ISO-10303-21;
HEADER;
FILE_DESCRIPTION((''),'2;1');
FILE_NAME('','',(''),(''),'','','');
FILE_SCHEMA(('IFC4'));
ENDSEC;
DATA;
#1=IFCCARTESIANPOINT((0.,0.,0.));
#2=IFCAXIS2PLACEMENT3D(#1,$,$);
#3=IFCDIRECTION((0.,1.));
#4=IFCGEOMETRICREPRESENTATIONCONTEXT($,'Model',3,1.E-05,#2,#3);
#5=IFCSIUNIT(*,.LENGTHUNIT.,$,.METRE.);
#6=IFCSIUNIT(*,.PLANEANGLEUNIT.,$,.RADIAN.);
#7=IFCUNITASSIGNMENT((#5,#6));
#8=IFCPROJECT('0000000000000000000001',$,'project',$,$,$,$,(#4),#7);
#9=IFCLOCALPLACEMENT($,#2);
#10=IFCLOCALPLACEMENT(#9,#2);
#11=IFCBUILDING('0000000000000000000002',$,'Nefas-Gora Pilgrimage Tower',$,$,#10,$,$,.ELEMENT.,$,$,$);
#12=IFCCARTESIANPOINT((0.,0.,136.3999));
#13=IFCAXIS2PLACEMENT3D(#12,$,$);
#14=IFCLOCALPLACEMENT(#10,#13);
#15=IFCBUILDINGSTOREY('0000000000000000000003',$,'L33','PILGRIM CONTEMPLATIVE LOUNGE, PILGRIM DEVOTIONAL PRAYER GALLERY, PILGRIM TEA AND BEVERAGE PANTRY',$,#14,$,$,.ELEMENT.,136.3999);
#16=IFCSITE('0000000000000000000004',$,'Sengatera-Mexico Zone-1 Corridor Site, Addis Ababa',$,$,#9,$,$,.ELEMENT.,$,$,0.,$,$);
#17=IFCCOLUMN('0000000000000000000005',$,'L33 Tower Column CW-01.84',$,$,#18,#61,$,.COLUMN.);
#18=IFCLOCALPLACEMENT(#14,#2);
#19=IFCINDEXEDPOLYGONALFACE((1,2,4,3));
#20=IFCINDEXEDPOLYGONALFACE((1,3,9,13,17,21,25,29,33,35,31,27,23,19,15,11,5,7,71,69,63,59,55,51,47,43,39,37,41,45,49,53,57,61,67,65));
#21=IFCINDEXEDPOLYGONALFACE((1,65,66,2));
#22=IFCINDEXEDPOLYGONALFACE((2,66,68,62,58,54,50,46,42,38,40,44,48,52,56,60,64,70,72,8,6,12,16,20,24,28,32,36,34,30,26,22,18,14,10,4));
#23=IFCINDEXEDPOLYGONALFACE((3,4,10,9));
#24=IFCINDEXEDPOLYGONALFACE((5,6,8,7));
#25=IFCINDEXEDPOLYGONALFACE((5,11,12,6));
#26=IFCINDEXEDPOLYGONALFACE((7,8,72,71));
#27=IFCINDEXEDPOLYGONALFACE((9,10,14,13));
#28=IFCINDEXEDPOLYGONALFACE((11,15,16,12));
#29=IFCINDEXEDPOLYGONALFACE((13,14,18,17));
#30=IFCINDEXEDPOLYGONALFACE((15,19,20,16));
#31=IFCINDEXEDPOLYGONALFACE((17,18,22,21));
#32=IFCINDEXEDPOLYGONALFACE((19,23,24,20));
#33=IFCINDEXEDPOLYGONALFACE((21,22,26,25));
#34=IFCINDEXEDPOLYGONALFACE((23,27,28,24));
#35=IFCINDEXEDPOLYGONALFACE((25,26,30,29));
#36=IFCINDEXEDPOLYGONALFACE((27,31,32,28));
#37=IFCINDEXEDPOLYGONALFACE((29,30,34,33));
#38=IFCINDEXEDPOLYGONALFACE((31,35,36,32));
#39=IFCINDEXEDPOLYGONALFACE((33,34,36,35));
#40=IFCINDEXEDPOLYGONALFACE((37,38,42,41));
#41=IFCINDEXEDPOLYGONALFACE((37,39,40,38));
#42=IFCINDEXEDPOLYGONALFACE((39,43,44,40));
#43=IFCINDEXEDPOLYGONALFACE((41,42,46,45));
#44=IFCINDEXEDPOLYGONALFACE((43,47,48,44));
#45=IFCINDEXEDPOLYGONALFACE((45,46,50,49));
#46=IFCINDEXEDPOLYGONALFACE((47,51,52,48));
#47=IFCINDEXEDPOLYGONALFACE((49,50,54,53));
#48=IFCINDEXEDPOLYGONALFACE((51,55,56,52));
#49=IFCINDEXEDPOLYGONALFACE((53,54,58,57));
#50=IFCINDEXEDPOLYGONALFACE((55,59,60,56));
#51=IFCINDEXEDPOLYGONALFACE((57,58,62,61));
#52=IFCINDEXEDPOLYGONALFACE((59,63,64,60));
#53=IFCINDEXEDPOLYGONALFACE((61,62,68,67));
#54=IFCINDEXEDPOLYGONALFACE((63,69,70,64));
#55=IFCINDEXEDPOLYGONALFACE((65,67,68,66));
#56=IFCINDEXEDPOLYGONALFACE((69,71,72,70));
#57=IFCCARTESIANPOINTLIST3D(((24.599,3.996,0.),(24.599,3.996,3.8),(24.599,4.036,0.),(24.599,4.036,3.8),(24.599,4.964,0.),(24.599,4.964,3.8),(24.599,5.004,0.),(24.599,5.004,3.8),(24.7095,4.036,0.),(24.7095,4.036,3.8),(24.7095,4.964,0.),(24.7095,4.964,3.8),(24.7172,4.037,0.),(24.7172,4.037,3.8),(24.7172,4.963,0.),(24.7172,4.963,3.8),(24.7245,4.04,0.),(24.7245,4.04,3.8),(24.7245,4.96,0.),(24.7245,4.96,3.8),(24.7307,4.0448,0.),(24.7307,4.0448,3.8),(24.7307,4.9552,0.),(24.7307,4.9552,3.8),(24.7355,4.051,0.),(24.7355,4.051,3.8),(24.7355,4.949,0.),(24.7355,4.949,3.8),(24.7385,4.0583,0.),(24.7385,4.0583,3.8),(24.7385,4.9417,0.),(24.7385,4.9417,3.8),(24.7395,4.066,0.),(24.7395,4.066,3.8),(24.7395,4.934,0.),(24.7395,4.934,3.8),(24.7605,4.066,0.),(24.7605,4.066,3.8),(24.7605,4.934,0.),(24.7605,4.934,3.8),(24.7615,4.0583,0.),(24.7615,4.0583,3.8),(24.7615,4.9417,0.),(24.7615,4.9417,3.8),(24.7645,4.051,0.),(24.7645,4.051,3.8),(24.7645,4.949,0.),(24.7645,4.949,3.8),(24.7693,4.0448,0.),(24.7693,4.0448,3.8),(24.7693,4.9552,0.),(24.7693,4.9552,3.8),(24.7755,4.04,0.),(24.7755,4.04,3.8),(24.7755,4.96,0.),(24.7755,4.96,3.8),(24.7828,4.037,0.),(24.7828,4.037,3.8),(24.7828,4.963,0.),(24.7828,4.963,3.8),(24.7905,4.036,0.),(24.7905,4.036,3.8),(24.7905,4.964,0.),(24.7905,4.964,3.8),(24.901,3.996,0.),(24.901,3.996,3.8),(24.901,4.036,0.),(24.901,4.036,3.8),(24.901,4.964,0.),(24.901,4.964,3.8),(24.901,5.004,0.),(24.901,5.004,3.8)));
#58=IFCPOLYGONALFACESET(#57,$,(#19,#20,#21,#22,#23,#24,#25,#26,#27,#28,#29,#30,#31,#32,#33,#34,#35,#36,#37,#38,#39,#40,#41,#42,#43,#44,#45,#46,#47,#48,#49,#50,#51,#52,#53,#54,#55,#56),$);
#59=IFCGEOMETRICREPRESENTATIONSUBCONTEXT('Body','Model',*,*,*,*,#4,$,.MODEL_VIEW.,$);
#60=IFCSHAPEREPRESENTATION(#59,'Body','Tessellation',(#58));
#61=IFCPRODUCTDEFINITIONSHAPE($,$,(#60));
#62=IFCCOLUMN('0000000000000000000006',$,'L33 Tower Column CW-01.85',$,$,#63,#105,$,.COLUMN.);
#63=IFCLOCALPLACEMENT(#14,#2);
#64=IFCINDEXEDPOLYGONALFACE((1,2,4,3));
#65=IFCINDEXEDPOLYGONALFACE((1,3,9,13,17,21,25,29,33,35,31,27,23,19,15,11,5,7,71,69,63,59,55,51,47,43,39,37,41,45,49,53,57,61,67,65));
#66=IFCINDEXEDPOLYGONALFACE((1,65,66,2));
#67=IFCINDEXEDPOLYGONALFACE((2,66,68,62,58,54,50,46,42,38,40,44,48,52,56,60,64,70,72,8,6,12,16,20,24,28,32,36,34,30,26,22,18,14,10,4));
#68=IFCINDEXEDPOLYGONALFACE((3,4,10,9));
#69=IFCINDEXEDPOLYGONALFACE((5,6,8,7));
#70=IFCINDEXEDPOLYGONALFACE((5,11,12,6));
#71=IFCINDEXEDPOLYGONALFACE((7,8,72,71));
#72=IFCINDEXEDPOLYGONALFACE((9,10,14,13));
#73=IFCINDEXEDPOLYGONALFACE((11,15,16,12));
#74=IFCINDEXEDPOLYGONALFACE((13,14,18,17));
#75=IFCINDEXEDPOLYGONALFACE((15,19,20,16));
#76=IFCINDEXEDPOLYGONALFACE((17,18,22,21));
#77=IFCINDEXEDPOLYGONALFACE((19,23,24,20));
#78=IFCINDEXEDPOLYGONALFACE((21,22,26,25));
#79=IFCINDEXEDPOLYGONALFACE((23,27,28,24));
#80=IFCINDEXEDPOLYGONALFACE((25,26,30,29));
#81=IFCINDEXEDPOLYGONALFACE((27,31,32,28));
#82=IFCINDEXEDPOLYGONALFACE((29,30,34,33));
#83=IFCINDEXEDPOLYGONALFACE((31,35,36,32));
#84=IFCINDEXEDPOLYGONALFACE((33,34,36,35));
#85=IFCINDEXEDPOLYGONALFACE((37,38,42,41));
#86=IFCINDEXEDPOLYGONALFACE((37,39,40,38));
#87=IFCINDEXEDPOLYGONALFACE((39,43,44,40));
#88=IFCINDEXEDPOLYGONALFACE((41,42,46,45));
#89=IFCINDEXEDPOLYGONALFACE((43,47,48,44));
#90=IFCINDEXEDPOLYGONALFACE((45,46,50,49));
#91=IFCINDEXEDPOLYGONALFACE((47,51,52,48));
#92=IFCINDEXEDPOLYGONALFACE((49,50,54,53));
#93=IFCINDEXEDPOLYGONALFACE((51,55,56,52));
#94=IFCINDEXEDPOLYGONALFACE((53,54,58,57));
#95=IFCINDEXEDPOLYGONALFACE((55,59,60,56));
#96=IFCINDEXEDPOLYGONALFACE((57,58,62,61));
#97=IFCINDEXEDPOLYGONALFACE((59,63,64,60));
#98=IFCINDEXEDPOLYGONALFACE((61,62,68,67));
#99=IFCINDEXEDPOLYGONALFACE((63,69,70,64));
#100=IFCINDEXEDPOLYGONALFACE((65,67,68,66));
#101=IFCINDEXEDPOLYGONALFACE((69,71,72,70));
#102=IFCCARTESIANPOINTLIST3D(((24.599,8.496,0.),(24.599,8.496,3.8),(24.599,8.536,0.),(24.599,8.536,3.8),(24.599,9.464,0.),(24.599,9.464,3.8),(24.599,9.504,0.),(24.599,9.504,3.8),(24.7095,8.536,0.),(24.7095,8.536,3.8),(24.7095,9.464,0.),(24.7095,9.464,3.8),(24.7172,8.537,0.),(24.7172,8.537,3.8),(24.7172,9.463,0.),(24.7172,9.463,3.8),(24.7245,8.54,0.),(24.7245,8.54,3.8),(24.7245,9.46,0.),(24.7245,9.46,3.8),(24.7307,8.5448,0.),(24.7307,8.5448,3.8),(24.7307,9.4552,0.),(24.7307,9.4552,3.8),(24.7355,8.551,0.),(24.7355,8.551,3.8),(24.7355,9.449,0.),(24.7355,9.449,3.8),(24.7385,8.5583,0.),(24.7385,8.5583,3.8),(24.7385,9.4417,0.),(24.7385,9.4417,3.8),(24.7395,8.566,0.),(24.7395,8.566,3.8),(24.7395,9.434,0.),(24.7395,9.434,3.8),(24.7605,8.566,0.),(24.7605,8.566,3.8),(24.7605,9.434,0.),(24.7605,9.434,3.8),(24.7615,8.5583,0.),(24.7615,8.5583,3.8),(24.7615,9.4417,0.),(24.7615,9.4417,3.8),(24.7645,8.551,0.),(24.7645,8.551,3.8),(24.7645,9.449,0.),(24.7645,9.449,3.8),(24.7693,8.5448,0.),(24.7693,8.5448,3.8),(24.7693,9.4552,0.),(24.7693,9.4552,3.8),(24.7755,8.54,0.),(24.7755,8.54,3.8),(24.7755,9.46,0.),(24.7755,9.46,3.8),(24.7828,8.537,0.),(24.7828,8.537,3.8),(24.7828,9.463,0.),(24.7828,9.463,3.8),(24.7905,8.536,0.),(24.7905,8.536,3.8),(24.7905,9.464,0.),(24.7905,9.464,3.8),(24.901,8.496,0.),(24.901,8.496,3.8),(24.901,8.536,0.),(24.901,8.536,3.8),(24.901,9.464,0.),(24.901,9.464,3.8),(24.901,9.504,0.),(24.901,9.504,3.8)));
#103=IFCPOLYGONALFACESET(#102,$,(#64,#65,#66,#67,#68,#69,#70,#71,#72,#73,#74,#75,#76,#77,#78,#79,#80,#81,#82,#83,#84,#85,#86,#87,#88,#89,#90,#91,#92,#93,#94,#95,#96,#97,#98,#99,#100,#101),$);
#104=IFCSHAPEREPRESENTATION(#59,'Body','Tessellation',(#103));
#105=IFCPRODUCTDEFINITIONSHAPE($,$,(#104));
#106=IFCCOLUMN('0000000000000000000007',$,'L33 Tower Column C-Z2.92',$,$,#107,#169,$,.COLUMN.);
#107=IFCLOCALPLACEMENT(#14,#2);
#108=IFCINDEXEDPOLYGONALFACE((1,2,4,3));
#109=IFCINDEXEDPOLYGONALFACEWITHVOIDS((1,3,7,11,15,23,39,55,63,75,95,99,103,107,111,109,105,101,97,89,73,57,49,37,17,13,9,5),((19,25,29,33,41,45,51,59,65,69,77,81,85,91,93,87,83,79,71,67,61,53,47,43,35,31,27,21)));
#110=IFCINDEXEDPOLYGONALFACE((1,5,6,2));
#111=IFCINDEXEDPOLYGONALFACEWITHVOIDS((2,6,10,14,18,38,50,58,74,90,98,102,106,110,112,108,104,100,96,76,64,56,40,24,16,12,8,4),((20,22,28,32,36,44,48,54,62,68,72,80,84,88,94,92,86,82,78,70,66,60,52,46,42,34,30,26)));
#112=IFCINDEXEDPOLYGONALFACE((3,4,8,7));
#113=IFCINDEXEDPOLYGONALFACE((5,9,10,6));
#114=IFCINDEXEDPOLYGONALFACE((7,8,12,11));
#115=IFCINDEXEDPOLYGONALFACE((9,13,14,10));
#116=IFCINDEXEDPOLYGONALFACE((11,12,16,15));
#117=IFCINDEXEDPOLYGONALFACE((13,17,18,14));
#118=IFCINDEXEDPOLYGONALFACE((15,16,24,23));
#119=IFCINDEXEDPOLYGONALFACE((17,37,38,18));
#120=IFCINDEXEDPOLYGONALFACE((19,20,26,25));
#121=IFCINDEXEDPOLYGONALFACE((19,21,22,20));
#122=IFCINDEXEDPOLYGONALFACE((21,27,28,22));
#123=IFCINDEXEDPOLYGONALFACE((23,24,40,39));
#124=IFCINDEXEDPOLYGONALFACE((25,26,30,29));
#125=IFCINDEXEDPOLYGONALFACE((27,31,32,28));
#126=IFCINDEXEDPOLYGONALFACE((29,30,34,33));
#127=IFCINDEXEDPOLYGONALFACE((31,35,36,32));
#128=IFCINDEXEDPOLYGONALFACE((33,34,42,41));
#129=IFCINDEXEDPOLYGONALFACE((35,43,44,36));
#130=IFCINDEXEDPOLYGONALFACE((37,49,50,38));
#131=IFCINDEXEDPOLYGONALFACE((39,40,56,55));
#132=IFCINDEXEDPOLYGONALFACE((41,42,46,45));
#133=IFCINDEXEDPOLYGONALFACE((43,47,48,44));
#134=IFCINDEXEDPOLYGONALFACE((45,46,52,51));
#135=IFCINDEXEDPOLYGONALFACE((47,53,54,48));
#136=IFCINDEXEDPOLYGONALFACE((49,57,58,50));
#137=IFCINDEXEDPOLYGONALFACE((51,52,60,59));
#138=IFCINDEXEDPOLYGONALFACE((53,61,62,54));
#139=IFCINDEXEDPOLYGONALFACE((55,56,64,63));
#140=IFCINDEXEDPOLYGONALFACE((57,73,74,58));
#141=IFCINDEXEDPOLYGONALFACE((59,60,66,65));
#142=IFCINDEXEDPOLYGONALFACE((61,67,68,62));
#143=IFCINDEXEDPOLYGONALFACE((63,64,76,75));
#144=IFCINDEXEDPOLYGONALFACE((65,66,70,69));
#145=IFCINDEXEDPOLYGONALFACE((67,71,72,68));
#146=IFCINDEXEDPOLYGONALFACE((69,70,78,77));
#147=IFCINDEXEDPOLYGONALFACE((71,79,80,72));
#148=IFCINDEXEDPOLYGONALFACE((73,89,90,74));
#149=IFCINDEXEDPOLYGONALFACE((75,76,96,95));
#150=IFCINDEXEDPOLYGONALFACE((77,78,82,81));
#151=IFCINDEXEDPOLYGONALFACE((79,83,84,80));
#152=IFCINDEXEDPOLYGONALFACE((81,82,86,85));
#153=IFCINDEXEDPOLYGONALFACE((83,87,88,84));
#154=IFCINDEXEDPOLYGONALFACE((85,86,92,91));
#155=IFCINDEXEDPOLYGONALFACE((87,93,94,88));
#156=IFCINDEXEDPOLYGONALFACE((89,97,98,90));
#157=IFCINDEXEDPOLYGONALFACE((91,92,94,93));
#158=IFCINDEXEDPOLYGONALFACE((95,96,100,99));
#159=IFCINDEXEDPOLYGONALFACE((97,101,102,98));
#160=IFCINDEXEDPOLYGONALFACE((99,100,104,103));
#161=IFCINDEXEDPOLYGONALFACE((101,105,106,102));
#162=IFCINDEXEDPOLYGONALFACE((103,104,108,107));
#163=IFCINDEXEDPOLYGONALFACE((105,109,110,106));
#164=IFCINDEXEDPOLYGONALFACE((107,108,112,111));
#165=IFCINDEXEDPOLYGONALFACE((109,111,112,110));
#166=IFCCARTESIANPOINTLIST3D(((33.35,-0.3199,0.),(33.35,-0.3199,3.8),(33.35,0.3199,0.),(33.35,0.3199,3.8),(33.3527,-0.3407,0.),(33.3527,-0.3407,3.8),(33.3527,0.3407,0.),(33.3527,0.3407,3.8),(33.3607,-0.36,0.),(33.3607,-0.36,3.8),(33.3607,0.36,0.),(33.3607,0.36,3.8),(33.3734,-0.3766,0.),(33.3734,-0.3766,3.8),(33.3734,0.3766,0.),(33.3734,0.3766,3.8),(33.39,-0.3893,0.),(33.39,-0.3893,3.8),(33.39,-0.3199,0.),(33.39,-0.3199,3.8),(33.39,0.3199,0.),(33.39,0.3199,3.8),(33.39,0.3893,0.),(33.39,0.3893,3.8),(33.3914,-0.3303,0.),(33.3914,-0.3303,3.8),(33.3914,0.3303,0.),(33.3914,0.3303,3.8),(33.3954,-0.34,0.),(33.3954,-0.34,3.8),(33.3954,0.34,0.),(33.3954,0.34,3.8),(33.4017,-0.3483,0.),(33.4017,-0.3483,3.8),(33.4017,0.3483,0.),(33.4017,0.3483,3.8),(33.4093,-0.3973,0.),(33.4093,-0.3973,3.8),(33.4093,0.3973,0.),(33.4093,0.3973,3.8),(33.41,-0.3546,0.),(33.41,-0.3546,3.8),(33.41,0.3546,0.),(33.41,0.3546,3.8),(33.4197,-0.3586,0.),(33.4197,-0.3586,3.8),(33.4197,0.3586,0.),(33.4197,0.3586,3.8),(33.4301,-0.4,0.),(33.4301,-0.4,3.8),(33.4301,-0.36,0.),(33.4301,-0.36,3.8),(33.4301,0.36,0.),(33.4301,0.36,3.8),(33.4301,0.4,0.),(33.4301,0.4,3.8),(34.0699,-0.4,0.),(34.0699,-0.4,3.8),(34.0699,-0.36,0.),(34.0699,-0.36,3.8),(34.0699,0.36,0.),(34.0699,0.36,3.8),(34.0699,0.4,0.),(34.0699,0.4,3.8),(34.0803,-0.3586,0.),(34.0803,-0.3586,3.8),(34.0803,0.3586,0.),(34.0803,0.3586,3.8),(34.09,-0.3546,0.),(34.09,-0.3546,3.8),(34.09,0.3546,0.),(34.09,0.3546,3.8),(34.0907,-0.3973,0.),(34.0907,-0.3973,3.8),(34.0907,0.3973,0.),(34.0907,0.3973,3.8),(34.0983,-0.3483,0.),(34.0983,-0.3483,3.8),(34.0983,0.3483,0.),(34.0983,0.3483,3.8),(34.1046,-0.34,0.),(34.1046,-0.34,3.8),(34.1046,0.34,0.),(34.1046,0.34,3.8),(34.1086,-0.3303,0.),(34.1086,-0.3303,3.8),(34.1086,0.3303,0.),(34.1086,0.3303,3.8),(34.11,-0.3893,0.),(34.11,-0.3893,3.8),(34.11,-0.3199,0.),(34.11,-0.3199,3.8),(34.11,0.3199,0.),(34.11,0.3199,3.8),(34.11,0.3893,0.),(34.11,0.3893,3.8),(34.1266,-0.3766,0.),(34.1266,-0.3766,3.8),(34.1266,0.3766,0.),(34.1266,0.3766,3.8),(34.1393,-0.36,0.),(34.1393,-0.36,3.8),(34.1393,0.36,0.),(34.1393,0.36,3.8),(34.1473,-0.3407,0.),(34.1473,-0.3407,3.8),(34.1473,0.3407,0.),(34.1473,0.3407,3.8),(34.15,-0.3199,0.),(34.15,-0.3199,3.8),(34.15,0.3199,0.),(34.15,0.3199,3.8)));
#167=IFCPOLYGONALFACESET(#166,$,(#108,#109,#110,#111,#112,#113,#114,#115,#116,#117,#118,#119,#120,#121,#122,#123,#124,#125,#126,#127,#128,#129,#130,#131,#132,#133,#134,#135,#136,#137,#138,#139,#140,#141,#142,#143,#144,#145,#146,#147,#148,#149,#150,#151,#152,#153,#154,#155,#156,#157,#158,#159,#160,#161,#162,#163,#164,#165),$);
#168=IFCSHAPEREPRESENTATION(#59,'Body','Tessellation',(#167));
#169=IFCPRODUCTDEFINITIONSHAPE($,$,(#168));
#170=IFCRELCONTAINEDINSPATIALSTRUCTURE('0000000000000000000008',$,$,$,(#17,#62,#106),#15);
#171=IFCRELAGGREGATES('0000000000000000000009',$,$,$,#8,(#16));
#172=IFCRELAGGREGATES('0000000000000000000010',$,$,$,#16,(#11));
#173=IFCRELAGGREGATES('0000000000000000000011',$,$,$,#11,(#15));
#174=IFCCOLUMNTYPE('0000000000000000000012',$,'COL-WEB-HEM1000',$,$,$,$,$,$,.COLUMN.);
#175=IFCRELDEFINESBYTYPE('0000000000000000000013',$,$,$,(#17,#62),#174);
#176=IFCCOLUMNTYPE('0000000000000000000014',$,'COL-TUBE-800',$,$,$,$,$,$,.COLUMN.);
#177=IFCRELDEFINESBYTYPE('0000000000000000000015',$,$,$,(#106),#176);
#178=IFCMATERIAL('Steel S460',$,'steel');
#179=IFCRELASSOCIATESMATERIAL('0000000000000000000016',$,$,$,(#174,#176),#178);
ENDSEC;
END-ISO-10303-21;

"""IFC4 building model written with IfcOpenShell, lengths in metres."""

from ifc_helpers import new_model, si_unit, direction, frame, origin, origin_2d, place, context, subcontext, project, spatial, hollow_rectangle, i_section, extrude, source, transform, mapped, material, material_profile, profile_set, type_object, element, save


model = new_model("IFC4")

# Units and contexts
model_context = context("Model", 3, precision=1e-05, world=origin(), true_north=direction((0.0, 1.0)))
body_context = subcontext(model_context, "Body", "Model", "MODEL_VIEW")
ifc_project = project(units=[si_unit("LENGTHUNIT", "METRE"), si_unit("PLANEANGLEUNIT", "RADIAN")], contexts=[model_context])

# Site, building, storey
site_placement = place(None, origin())
site = spatial("IfcSite", under=ifc_project, at=site_placement, Name="Sengatera-Mexico Zone-1 Corridor Site, Addis Ababa", CompositionType="ELEMENT", RefElevation=0.0)
building_placement = place(site_placement, origin())
building = spatial("IfcBuilding", under=site, at=building_placement, Name="Nefas-Gora Pilgrimage Tower", CompositionType="ELEMENT")
storey_placement = place(building_placement, frame((0.0, 0.0, 136.3999)))
storey = spatial("IfcBuildingStorey", under=building, at=storey_placement, Name="L33", Description="PILGRIM CONTEMPLATIVE LOUNGE, PILGRIM DEVOTIONAL PRAYER GALLERY, PILGRIM TEA AND BEVERAGE PANTRY", CompositionType="ELEMENT", Elevation=136.3999)

# Columns
ifc_material_1 = material(Name="Steel S460", Category="steel")
ifc_material_profile_1 = material_profile(ifc_material_1, i_section(OverallWidth=0.302, OverallDepth=1.0081, WebThickness=0.021, FlangeThickness=0.04, FilletRadius=0.03, at=origin_2d()), Name="HEM 1000")
ifc_profile_set_1 = profile_set([ifc_material_profile_1], Name="Steel S460")
column_type_1 = type_object("IfcColumnType", Name="COL-WEB-HEM1000", PredefinedType="COLUMN", material=ifc_profile_set_1)
shared_shape_1 = source(origin(), body_context, "Body", "SweptSolid", [
    extrude(i_section(OverallWidth=0.302, OverallDepth=1.0081, WebThickness=0.021, FlangeThickness=0.04, FilletRadius=0.03, at=origin_2d()), origin(), (0.0, 0.0, 1.0), 3.8),
])
for number, where, z_axis, x_axis, name in (
    (1, (24.75, 4.5, 0.0), (0.0, 0.0, 1.0), (1.0, 0.0, 0.0), "L33 Tower Column CW-01.84"),
    (2, (24.75, 9.0, 0.0), (0.0, 0.0, 1.0), (1.0, 0.0, 0.0), "L33 Tower Column CW-01.85"),
):
    element("IfcColumn", number, at=place(storey_placement, frame(where, z_axis=z_axis, x_axis=x_axis)), inside=storey, type_object=column_type_1, Name=name, PredefinedType="COLUMN", context=body_context, shape_type="MappedRepresentation", body=[
        mapped(shared_shape_1, transform((0.0, 0.0, 0.0), x_axis=(1.0, 0.0, 0.0), y_axis=(0.0, 1.0, 0.0), z_axis=(0.0, 0.0, 1.0), scale=1.0)),
    ])
ifc_material_profile_2 = material_profile(ifc_material_1, hollow_rectangle(XDim=0.8, YDim=0.8, WallThickness=0.04, InnerFilletRadius=0.04, OuterFilletRadius=0.0801, at=origin_2d()), Name="BOX 800x800x40")
ifc_profile_set_2 = profile_set([ifc_material_profile_2], Name="Steel S460")
column_type_2 = type_object("IfcColumnType", Name="COL-TUBE-800", PredefinedType="COLUMN", material=ifc_profile_set_2)
shared_shape_2 = source(origin(), body_context, "Body", "SweptSolid", [
    extrude(hollow_rectangle(XDim=0.8, YDim=0.8, WallThickness=0.04, InnerFilletRadius=0.04, OuterFilletRadius=0.0801, at=origin_2d()), origin(), (0.0, 0.0, 1.0), 3.8),
])
for number, where, z_axis, x_axis, name in (
    (3, (33.75, 0.0, 0.0), (0.0, 0.0, 1.0), (1.0, 0.0, 0.0), "L33 Tower Column C-Z2.92"),
):
    element("IfcColumn", number, at=place(storey_placement, frame(where, z_axis=z_axis, x_axis=x_axis)), inside=storey, type_object=column_type_2, Name=name, PredefinedType="COLUMN", context=body_context, shape_type="MappedRepresentation", body=[
        mapped(shared_shape_2, transform((0.0, 0.0, 0.0), x_axis=(1.0, 0.0, 0.0), y_axis=(0.0, 1.0, 0.0), z_axis=(0.0, 0.0, 1.0), scale=1.0)),
    ])

save(model, "model.ifc")
